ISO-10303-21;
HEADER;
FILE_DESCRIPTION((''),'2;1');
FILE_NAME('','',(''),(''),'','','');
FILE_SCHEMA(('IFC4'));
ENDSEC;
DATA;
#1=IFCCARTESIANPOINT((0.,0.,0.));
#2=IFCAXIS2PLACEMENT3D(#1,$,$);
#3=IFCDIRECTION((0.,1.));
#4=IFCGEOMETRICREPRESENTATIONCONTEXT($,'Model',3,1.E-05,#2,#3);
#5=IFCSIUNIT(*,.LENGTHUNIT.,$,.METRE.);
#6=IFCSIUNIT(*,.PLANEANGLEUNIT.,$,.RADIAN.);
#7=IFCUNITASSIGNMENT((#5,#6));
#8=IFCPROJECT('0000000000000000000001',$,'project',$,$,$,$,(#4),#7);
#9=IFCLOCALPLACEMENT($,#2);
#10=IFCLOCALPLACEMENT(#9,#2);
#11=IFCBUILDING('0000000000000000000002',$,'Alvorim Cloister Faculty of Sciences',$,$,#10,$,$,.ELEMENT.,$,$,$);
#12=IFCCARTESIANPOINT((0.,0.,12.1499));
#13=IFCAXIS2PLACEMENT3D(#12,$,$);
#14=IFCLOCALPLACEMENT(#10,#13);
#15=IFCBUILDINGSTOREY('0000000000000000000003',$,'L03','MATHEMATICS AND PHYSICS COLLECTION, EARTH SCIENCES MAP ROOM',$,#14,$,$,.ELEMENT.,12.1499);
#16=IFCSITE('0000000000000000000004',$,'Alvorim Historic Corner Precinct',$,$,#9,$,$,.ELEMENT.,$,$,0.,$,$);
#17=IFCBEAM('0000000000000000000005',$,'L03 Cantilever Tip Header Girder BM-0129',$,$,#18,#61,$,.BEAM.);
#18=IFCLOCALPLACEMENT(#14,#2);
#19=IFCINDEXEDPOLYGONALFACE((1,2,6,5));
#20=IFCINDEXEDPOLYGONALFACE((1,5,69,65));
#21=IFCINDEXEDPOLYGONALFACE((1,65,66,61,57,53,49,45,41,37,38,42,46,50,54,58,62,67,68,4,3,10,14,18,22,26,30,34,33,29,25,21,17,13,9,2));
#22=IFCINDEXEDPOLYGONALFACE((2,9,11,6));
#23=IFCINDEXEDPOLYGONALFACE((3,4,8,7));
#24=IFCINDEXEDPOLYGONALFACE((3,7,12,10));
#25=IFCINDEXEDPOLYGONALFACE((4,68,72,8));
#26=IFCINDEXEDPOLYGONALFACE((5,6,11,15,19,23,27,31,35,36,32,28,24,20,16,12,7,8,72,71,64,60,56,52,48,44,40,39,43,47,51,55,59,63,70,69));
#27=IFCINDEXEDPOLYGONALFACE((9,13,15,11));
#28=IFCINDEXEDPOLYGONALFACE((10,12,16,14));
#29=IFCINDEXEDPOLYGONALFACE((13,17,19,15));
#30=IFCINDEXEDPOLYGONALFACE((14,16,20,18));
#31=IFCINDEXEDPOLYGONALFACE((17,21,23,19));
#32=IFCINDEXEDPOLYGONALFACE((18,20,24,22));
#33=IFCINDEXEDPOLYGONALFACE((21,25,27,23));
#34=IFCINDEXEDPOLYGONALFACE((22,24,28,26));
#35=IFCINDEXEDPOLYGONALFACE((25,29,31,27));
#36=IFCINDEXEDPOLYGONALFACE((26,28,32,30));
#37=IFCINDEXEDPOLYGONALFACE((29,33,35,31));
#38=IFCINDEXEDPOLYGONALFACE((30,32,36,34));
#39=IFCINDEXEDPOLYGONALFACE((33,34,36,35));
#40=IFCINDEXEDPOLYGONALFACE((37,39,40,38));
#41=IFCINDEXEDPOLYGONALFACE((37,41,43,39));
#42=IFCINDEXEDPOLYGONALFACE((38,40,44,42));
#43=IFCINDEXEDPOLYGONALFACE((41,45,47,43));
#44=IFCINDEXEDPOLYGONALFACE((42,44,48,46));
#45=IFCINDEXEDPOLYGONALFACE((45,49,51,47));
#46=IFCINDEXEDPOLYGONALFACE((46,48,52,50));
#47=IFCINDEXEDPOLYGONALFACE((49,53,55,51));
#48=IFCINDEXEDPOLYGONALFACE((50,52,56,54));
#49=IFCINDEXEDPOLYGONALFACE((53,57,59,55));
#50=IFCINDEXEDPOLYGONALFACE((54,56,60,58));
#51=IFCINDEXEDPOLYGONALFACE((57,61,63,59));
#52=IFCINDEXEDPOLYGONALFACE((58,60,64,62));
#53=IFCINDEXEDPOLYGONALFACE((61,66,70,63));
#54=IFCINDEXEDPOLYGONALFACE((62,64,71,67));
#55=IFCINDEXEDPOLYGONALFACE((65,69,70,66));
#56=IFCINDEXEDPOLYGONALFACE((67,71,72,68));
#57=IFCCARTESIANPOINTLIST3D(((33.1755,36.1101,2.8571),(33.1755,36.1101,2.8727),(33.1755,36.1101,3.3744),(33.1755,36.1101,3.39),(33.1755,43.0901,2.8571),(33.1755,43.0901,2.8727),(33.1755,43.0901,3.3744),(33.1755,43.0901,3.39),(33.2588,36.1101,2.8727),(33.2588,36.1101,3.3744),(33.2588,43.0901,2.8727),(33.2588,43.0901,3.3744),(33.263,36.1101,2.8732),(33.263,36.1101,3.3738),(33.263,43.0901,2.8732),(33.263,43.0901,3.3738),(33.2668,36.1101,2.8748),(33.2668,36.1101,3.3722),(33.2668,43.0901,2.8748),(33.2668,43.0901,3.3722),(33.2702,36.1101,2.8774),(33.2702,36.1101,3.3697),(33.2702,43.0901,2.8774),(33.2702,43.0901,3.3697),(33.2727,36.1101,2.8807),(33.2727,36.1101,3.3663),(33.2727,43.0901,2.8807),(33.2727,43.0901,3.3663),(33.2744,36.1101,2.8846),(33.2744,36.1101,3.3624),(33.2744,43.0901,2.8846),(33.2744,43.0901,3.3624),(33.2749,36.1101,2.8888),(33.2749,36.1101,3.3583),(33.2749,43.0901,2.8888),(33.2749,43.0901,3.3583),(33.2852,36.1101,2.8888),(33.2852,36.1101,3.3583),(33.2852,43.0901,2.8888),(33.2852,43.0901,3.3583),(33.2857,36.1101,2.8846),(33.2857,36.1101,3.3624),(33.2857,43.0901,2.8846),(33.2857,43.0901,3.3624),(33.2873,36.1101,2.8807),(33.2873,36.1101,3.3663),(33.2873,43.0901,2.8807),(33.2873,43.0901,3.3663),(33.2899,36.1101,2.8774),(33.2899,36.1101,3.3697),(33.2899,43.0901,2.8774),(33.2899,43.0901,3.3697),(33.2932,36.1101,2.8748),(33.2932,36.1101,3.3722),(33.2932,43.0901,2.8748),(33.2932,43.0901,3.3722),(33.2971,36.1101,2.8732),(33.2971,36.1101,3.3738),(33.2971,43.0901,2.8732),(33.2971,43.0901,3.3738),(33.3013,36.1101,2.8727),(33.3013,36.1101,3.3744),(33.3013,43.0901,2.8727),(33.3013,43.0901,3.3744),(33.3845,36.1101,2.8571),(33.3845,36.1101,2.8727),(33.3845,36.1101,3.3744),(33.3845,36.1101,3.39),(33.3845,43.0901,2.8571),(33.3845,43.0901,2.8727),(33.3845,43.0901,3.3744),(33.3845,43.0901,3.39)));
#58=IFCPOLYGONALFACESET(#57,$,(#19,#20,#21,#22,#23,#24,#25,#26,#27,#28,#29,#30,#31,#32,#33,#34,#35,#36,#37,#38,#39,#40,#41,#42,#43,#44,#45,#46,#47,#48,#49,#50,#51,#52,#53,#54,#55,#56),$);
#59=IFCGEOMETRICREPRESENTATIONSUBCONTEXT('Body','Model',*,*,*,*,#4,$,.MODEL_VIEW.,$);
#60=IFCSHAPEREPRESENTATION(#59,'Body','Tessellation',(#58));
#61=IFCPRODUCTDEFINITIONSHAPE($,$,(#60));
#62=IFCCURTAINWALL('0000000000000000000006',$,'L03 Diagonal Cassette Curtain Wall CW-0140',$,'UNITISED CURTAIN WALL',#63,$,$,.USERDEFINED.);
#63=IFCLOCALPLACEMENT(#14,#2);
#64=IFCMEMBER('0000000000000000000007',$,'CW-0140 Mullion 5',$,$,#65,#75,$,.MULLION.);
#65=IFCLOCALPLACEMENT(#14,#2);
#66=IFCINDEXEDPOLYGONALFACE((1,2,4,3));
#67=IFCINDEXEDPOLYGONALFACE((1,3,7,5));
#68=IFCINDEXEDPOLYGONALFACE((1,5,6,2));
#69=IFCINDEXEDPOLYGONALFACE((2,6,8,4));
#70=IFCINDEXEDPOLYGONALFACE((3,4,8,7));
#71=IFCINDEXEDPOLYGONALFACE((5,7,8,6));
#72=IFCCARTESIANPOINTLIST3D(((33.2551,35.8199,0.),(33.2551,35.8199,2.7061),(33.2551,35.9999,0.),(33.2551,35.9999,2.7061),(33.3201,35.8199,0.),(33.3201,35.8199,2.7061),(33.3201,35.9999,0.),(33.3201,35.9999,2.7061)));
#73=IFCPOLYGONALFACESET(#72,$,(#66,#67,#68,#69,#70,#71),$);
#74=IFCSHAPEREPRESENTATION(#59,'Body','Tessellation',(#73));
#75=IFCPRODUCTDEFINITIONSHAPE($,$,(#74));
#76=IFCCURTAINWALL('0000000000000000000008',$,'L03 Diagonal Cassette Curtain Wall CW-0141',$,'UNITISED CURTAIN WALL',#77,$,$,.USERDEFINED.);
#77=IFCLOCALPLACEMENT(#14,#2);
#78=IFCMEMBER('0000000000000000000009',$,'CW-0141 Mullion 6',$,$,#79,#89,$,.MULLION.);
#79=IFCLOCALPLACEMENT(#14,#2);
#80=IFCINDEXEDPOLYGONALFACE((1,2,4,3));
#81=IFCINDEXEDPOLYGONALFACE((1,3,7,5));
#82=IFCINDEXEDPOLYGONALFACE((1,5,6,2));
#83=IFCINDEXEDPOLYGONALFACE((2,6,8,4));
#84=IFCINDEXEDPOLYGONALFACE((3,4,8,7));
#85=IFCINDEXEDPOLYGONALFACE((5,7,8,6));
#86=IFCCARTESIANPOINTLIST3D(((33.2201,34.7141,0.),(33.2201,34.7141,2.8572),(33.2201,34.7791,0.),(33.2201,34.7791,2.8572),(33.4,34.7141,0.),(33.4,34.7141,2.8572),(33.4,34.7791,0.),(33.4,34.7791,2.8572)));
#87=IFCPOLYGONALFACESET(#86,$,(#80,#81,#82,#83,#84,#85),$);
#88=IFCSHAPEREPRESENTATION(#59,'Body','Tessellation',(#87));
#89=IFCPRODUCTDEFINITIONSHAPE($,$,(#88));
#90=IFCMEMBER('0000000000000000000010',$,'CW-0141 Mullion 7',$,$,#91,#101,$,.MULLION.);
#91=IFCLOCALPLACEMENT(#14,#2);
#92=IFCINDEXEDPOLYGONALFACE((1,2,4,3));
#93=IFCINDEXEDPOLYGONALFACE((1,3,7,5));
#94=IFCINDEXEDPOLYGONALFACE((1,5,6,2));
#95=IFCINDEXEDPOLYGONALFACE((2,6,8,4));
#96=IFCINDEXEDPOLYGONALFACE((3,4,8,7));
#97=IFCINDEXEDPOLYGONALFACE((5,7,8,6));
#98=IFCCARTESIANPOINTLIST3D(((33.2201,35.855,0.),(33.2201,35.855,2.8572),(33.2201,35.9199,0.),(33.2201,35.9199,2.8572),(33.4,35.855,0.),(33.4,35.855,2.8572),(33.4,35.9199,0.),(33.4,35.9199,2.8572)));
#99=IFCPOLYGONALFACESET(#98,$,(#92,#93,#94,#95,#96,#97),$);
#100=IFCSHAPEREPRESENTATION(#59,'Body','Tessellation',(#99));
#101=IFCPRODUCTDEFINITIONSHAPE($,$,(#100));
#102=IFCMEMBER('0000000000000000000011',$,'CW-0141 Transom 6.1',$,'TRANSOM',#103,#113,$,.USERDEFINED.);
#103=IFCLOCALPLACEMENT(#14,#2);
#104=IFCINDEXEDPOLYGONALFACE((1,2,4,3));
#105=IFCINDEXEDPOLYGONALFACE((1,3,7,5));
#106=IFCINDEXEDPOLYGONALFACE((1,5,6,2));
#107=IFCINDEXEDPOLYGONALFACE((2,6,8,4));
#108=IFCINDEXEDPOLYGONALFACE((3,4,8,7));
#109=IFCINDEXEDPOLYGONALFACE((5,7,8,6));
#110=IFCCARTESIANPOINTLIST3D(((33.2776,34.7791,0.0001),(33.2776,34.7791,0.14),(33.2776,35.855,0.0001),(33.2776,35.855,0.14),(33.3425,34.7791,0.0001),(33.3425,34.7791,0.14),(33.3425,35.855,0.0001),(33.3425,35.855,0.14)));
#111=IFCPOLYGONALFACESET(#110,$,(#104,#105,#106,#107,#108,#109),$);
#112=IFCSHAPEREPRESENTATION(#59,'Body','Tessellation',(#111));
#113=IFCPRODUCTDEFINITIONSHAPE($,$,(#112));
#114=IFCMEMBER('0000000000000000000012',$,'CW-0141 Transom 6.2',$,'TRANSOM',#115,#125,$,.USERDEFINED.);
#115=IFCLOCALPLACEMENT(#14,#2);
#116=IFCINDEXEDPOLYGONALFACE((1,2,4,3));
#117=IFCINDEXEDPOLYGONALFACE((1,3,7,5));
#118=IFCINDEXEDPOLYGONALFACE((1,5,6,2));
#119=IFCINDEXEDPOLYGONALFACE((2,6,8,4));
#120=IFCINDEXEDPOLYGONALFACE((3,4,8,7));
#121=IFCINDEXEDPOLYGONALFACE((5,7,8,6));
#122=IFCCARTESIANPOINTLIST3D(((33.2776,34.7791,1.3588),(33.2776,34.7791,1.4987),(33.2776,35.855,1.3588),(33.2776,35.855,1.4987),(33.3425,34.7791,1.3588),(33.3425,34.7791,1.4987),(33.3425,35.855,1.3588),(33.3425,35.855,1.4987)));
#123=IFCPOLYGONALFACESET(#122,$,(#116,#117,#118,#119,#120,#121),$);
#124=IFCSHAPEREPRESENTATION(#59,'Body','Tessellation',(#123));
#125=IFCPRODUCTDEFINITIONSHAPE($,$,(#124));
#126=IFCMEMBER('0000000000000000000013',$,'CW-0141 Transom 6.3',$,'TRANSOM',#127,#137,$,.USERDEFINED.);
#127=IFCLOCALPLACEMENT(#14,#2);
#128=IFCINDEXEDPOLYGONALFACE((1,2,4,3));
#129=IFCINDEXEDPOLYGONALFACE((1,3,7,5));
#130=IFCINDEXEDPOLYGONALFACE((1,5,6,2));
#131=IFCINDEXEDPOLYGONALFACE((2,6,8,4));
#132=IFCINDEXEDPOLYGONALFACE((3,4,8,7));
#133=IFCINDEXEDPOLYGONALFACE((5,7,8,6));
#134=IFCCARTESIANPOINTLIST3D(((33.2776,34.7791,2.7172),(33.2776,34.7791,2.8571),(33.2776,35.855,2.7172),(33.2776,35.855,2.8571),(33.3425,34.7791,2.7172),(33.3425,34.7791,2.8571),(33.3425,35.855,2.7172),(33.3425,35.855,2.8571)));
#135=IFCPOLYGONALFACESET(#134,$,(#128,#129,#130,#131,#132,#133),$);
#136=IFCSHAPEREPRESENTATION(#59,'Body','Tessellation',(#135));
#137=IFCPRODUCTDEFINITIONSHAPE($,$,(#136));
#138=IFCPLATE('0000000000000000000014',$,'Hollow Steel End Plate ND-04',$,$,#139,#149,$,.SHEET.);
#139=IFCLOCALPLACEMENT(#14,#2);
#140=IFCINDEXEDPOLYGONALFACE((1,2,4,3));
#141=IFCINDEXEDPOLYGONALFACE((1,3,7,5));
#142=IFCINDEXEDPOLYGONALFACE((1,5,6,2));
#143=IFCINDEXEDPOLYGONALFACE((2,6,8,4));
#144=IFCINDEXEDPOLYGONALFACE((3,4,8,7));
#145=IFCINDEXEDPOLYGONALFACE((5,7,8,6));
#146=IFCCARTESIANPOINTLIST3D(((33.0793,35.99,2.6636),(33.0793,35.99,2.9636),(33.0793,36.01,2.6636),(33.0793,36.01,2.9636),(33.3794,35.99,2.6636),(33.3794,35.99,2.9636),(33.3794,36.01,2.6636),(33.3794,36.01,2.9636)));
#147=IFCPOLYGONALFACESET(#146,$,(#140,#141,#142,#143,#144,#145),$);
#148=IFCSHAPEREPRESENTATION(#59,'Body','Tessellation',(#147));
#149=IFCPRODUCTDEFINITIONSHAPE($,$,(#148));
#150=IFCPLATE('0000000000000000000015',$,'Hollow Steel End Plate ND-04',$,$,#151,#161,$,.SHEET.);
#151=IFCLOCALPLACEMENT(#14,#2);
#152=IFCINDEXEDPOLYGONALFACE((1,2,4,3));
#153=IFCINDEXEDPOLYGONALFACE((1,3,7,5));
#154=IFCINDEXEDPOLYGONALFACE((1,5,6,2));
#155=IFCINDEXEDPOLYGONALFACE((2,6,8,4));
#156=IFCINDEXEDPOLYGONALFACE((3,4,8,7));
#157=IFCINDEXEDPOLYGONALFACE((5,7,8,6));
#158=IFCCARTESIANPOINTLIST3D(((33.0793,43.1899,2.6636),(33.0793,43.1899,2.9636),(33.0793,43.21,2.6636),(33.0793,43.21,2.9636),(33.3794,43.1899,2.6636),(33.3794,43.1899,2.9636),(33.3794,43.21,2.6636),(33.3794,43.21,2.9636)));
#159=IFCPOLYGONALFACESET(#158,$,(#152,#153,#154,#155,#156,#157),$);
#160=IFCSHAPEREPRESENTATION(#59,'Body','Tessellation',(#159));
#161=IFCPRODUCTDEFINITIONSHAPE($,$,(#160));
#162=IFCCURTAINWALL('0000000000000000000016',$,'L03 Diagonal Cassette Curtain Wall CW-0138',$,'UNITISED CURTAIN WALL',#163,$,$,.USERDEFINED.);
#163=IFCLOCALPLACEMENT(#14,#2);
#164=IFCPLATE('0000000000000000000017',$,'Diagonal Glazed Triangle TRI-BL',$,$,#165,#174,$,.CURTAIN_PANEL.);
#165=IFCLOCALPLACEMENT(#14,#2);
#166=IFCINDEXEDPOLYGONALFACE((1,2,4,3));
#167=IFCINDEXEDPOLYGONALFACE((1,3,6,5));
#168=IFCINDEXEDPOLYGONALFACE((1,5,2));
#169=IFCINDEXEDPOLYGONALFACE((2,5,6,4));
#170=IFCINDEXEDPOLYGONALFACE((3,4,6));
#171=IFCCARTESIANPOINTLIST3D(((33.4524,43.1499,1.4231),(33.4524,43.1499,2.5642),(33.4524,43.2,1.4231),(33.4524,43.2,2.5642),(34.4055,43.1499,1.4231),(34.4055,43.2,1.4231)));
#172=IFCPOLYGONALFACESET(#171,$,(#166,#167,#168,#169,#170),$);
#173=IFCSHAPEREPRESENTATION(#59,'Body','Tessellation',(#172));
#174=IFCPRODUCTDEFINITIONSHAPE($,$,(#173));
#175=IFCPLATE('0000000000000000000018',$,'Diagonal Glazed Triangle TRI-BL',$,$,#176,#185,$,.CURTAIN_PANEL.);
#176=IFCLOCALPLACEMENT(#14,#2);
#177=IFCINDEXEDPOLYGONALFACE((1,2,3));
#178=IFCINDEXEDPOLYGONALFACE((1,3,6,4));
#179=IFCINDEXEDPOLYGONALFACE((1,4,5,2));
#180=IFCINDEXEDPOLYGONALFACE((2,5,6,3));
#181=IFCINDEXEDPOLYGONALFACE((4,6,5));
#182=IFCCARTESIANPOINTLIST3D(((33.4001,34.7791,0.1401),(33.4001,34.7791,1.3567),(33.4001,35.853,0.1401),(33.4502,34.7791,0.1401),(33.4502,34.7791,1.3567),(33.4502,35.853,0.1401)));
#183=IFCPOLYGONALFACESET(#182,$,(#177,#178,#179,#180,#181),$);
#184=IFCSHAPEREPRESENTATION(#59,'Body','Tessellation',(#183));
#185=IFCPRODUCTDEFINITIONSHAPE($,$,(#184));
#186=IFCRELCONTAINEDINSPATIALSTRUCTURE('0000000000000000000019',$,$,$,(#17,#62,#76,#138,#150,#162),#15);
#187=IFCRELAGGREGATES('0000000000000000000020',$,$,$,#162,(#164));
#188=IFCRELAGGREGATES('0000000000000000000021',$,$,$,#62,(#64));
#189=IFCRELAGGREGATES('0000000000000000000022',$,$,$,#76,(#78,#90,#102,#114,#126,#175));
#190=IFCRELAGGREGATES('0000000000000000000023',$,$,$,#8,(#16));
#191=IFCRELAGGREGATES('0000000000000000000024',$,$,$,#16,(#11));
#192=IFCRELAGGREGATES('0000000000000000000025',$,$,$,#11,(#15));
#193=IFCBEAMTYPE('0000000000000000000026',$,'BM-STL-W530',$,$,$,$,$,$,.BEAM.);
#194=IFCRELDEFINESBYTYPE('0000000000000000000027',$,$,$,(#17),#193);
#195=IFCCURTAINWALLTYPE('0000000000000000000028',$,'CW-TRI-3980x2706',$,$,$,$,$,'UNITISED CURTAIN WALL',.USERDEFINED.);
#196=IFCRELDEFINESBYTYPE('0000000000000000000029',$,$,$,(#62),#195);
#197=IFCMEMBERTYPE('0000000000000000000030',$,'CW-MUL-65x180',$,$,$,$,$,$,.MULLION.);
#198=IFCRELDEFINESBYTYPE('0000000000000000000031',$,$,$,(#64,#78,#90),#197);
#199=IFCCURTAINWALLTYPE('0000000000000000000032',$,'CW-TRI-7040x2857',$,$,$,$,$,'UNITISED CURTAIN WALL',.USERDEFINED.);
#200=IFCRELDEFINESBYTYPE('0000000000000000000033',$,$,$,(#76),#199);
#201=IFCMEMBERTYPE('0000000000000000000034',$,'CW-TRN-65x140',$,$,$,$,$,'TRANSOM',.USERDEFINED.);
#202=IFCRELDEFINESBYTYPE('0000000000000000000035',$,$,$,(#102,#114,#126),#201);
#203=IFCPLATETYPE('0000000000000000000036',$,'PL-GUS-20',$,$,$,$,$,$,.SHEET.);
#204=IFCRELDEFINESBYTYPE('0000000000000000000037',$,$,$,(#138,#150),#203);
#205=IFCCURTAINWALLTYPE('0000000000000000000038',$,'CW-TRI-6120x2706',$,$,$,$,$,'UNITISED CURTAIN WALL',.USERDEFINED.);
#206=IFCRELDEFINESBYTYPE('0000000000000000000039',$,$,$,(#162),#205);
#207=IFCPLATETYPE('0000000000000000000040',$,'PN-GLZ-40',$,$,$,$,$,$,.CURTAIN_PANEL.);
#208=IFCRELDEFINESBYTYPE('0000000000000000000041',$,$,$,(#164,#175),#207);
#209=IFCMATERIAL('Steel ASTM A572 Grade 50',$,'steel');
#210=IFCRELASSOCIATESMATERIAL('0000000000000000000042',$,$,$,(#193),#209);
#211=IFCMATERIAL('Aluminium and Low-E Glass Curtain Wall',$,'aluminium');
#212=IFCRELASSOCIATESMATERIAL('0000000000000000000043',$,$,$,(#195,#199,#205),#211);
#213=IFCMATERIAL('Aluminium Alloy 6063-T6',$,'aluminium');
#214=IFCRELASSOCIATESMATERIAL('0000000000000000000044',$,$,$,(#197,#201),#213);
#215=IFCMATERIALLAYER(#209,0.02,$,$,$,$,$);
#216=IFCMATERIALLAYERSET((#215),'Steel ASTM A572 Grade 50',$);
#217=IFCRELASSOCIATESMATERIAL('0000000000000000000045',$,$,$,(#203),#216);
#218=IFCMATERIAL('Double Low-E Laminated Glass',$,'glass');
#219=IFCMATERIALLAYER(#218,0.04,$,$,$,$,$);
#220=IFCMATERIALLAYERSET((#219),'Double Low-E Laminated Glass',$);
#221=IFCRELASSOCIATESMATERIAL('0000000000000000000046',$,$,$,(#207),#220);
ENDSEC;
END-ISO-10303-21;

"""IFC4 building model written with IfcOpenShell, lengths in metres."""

from ifc_helpers import new_model, si_unit, direction, frame, origin, origin_2d, place, context, subcontext, project, spatial, polyline, rectangle, i_section, outline, extrude, material, layer, layer_set, material_profile, profile_set, type_object, element, aggregate, save


model = new_model("IFC4")

# Units and contexts
model_context = context("Model", 3, precision=1e-05, world=origin(), true_north=direction((0.0, 1.0)))
body_context = subcontext(model_context, "Body", "Model", "MODEL_VIEW")
ifc_project = project(units=[si_unit("LENGTHUNIT", "METRE"), si_unit("PLANEANGLEUNIT", "RADIAN")], contexts=[model_context])

# Site, building, storey
site_placement = place(None, origin())
site = spatial("IfcSite", under=ifc_project, at=site_placement, Name="Alvorim Historic Corner Precinct", CompositionType="ELEMENT", RefElevation=0.0)
building_placement = place(site_placement, origin())
building = spatial("IfcBuilding", under=site, at=building_placement, Name="Alvorim Cloister Faculty of Sciences", CompositionType="ELEMENT")
storey_placement = place(building_placement, frame((0.0, 0.0, 12.1499)))
storey = spatial("IfcBuildingStorey", under=building, at=storey_placement, Name="L03", Description="MATHEMATICS AND PHYSICS COLLECTION, EARTH SCIENCES MAP ROOM", CompositionType="ELEMENT", Elevation=12.1499)

# Beam
ifc_material_1 = material(Name="Steel ASTM A572 Grade 50", Category="steel")
ifc_material_profile_1 = material_profile(ifc_material_1, i_section(OverallWidth=0.209, OverallDepth=0.533, WebThickness=0.0103, FlangeThickness=0.0156, FilletRadius=0.0161, at=origin_2d()), Name="W530x92.0")
ifc_profile_set_1 = profile_set([ifc_material_profile_1], Name="Steel ASTM A572 Grade 50")
beam_type = type_object("IfcBeamType", Name="BM-STL-W530", PredefinedType="BEAM", material=ifc_profile_set_1)
beam_placement = place(storey_placement, frame((33.28, 36.1101, 3.1235), z_axis=(0.0, 1.0, 0.0), x_axis=(-1.0, 0.0, 0.0)))
element("IfcBeam", 1, at=beam_placement, inside=storey, type_object=beam_type, Name="L03 Cantilever Tip Header Girder BM-0129", PredefinedType="BEAM", context=body_context, shape_type="SweptSolid", body=[
    extrude(i_section(OverallWidth=0.209, OverallDepth=0.533, WebThickness=0.0103, FlangeThickness=0.0156, FilletRadius=0.0161, at=origin_2d()), origin(), (0.0, 0.0, 1.0), 6.98),
])

# Curtain wall, member
ifc_material_2 = material(Name="Aluminium and Low-E Glass Curtain Wall", Category="aluminium")
curtain_wall_type_1 = type_object("IfcCurtainWallType", Name="CW-TRI-3980x2706", ElementType="UNITISED CURTAIN WALL", PredefinedType="USERDEFINED", material=ifc_material_2)
curtain_wall_1_placement = place(storey_placement, origin())
curtain_wall_1 = element("IfcCurtainWall", 2, at=curtain_wall_1_placement, inside=storey, type_object=curtain_wall_type_1, Name="L03 Diagonal Cassette Curtain Wall CW-0140", ObjectType="UNITISED CURTAIN WALL", PredefinedType="USERDEFINED")
ifc_material_3 = material(Name="Aluminium Alloy 6063-T6", Category="aluminium")
ifc_material_profile_2 = material_profile(ifc_material_3, rectangle(XDim=0.0649, YDim=0.1799, at=origin_2d()), Name="ALU-MUL-65x180")
ifc_profile_set_2 = profile_set([ifc_material_profile_2], Name="Aluminium Alloy 6063-T6")
member_type_1 = type_object("IfcMemberType", Name="CW-MUL-65x180", PredefinedType="MULLION", material=ifc_profile_set_2)
member_1_placement = place(storey_placement, frame((33.2876, 35.9099, 0.0), z_axis=(0.0, 0.0, 1.0), x_axis=(1.0, 0.0, 0.0)))
member_1 = element("IfcMember", 3, at=member_1_placement, type_object=member_type_1, Name="CW-0140 Mullion 5", PredefinedType="MULLION", context=body_context, shape_type="SweptSolid", body=[
    extrude(rectangle(XDim=0.0649, YDim=0.1799, at=origin_2d()), origin(), (0.0, 0.0, 1.0), 2.7061),
])

# Curtain wall, members
curtain_wall_type_2 = type_object("IfcCurtainWallType", Name="CW-TRI-7040x2857", ElementType="UNITISED CURTAIN WALL", PredefinedType="USERDEFINED", material=ifc_material_2)
curtain_wall_2_placement = place(storey_placement, origin())
curtain_wall_2 = element("IfcCurtainWall", 4, at=curtain_wall_2_placement, inside=storey, type_object=curtain_wall_type_2, Name="L03 Diagonal Cassette Curtain Wall CW-0141", ObjectType="UNITISED CURTAIN WALL", PredefinedType="USERDEFINED")
member_2_placement = place(storey_placement, frame((33.3101, 34.7466, 0.0), z_axis=(0.0, 0.0, 1.0), x_axis=(0.0, 1.0, 0.0)))
member_2 = element("IfcMember", 5, at=member_2_placement, type_object=member_type_1, Name="CW-0141 Mullion 6", PredefinedType="MULLION", context=body_context, shape_type="SweptSolid", body=[
    extrude(rectangle(XDim=0.0649, YDim=0.1799, at=origin_2d()), origin(), (0.0, 0.0, 1.0), 2.8572),
])
member_3_placement = place(storey_placement, frame((33.3101, 35.8875, 0.0), z_axis=(0.0, 0.0, 1.0), x_axis=(0.0, 1.0, 0.0)))
member_3 = element("IfcMember", 6, at=member_3_placement, type_object=member_type_1, Name="CW-0141 Mullion 7", PredefinedType="MULLION", context=body_context, shape_type="SweptSolid", body=[
    extrude(rectangle(XDim=0.0649, YDim=0.1799, at=origin_2d()), origin(), (0.0, 0.0, 1.0), 2.8572),
])
ifc_material_profile_3 = material_profile(ifc_material_3, rectangle(XDim=0.0649, YDim=0.1399, at=origin_2d()), Name="ALU-TRN-65x140")
ifc_profile_set_3 = profile_set([ifc_material_profile_3], Name="Aluminium Alloy 6063-T6")
member_type_2 = type_object("IfcMemberType", Name="CW-TRN-65x140", ElementType="TRANSOM", PredefinedType="USERDEFINED", material=ifc_profile_set_3)
member_4_placement = place(storey_placement, frame((33.3101, 34.7791, 0.0701), z_axis=(0.0, 1.0, 0.0), x_axis=(-1.0, 0.0, 0.0)))
member_4 = element("IfcMember", 7, at=member_4_placement, type_object=member_type_2, Name="CW-0141 Transom 6.1", ObjectType="TRANSOM", PredefinedType="USERDEFINED", context=body_context, shape_type="SweptSolid", body=[
    extrude(rectangle(XDim=0.0649, YDim=0.1399, at=origin_2d()), origin(), (0.0, 0.0, 1.0), 1.0759),
])
member_5_placement = place(storey_placement, frame((33.3101, 34.7791, 1.4287), z_axis=(0.0, 1.0, 0.0), x_axis=(-1.0, 0.0, 0.0)))
member_5 = element("IfcMember", 8, at=member_5_placement, type_object=member_type_2, Name="CW-0141 Transom 6.2", ObjectType="TRANSOM", PredefinedType="USERDEFINED", context=body_context, shape_type="SweptSolid", body=[
    extrude(rectangle(XDim=0.0649, YDim=0.1399, at=origin_2d()), origin(), (0.0, 0.0, 1.0), 1.0759),
])
member_6_placement = place(storey_placement, frame((33.3101, 34.7791, 2.7871), z_axis=(0.0, 1.0, 0.0), x_axis=(-1.0, 0.0, 0.0)))
member_6 = element("IfcMember", 9, at=member_6_placement, type_object=member_type_2, Name="CW-0141 Transom 6.3", ObjectType="TRANSOM", PredefinedType="USERDEFINED", context=body_context, shape_type="SweptSolid", body=[
    extrude(rectangle(XDim=0.0649, YDim=0.1399, at=origin_2d()), origin(), (0.0, 0.0, 1.0), 1.0759),
])

# Plates
ifc_layer_1 = layer(ifc_material_1, 0.02)
ifc_layer_set_1 = layer_set([ifc_layer_1], Name="Steel ASTM A572 Grade 50")
plate_type_1 = type_object("IfcPlateType", Name="PL-GUS-20", PredefinedType="SHEET", material=ifc_layer_set_1)
for number, where, z_axis, x_axis, name in (
    (10, (33.0793, 36.0, 2.6636), (0.0, 0.0, 1.0), (1.0, 0.0, 0.0), "Hollow Steel End Plate ND-04"),
    (11, (33.0793, 43.2, 2.6636), (0.0, 0.0, 1.0), (1.0, 0.0, 0.0), "Hollow Steel End Plate ND-04"),
):
    element("IfcPlate", number, at=place(storey_placement, frame(where, z_axis=z_axis, x_axis=x_axis)), inside=storey, type_object=plate_type_1, Name=name, PredefinedType="SHEET", context=body_context, shape_type="SweptSolid", body=[
        extrude(outline(polyline([(0.0, 0.0), (0.3, 0.0), (0.3, 0.3), (0.0, 0.3), (0.0, 0.0)])), frame((0.0, 0.01, 0.0), z_axis=(0.0, -1.0, 0.0), x_axis=(1.0, 0.0, 0.0)), (0.0, 0.0, 1.0), 0.02),
    ])

# Curtain wall, plate
curtain_wall_type_3 = type_object("IfcCurtainWallType", Name="CW-TRI-6120x2706", ElementType="UNITISED CURTAIN WALL", PredefinedType="USERDEFINED", material=ifc_material_2)
curtain_wall_3_placement = place(storey_placement, origin())
curtain_wall_3 = element("IfcCurtainWall", 12, at=curtain_wall_3_placement, inside=storey, type_object=curtain_wall_type_3, Name="L03 Diagonal Cassette Curtain Wall CW-0138", ObjectType="UNITISED CURTAIN WALL", PredefinedType="USERDEFINED")
ifc_material_4 = material(Name="Double Low-E Laminated Glass", Category="glass")
ifc_layer_2 = layer(ifc_material_4, 0.04)
ifc_layer_set_2 = layer_set([ifc_layer_2], Name="Double Low-E Laminated Glass")
plate_type_2 = type_object("IfcPlateType", Name="PN-GLZ-40", PredefinedType="CURTAIN_PANEL", material=ifc_layer_set_2)
plate_1_placement = place(storey_placement, frame((33.4524, 43.175, 1.4231), z_axis=(0.0, 0.0, 1.0), x_axis=(1.0, 0.0, 0.0)))
plate_1 = element("IfcPlate", 13, at=plate_1_placement, type_object=plate_type_2, Name="Diagonal Glazed Triangle TRI-BL", PredefinedType="CURTAIN_PANEL", context=body_context, shape_type="SweptSolid", body=[
    extrude(outline(polyline([(0.0, 0.0), (0.9531, 0.0), (0.0, 1.1411), (0.0, 0.0)])), frame((0.0, 0.0249, 0.0), z_axis=(0.0, -1.0, 0.0), x_axis=(1.0, 0.0, 0.0)), (0.0, 0.0, 1.0), 0.05),
])
aggregate(curtain_wall_3, [plate_1])

# Plate
aggregate(curtain_wall_1, [member_1])
plate_2_placement = place(storey_placement, frame((33.425, 34.7791, 0.1401), z_axis=(0.0, 0.0, 1.0), x_axis=(0.0, 1.0, 0.0)))
plate_2 = element("IfcPlate", 14, at=plate_2_placement, type_object=plate_type_2, Name="Diagonal Glazed Triangle TRI-BL", PredefinedType="CURTAIN_PANEL", context=body_context, shape_type="SweptSolid", body=[
    extrude(outline(polyline([(0.0, 0.0), (1.074, 0.0), (0.0, 1.2166), (0.0, 0.0)])), frame((0.0, 0.0249, 0.0), z_axis=(0.0, -1.0, 0.0), x_axis=(1.0, 0.0, 0.0)), (0.0, 0.0, 1.0), 0.05),
])
aggregate(curtain_wall_2, [member_2, member_3, member_4, member_5, member_6, plate_2])

save(model, "model.ifc")
